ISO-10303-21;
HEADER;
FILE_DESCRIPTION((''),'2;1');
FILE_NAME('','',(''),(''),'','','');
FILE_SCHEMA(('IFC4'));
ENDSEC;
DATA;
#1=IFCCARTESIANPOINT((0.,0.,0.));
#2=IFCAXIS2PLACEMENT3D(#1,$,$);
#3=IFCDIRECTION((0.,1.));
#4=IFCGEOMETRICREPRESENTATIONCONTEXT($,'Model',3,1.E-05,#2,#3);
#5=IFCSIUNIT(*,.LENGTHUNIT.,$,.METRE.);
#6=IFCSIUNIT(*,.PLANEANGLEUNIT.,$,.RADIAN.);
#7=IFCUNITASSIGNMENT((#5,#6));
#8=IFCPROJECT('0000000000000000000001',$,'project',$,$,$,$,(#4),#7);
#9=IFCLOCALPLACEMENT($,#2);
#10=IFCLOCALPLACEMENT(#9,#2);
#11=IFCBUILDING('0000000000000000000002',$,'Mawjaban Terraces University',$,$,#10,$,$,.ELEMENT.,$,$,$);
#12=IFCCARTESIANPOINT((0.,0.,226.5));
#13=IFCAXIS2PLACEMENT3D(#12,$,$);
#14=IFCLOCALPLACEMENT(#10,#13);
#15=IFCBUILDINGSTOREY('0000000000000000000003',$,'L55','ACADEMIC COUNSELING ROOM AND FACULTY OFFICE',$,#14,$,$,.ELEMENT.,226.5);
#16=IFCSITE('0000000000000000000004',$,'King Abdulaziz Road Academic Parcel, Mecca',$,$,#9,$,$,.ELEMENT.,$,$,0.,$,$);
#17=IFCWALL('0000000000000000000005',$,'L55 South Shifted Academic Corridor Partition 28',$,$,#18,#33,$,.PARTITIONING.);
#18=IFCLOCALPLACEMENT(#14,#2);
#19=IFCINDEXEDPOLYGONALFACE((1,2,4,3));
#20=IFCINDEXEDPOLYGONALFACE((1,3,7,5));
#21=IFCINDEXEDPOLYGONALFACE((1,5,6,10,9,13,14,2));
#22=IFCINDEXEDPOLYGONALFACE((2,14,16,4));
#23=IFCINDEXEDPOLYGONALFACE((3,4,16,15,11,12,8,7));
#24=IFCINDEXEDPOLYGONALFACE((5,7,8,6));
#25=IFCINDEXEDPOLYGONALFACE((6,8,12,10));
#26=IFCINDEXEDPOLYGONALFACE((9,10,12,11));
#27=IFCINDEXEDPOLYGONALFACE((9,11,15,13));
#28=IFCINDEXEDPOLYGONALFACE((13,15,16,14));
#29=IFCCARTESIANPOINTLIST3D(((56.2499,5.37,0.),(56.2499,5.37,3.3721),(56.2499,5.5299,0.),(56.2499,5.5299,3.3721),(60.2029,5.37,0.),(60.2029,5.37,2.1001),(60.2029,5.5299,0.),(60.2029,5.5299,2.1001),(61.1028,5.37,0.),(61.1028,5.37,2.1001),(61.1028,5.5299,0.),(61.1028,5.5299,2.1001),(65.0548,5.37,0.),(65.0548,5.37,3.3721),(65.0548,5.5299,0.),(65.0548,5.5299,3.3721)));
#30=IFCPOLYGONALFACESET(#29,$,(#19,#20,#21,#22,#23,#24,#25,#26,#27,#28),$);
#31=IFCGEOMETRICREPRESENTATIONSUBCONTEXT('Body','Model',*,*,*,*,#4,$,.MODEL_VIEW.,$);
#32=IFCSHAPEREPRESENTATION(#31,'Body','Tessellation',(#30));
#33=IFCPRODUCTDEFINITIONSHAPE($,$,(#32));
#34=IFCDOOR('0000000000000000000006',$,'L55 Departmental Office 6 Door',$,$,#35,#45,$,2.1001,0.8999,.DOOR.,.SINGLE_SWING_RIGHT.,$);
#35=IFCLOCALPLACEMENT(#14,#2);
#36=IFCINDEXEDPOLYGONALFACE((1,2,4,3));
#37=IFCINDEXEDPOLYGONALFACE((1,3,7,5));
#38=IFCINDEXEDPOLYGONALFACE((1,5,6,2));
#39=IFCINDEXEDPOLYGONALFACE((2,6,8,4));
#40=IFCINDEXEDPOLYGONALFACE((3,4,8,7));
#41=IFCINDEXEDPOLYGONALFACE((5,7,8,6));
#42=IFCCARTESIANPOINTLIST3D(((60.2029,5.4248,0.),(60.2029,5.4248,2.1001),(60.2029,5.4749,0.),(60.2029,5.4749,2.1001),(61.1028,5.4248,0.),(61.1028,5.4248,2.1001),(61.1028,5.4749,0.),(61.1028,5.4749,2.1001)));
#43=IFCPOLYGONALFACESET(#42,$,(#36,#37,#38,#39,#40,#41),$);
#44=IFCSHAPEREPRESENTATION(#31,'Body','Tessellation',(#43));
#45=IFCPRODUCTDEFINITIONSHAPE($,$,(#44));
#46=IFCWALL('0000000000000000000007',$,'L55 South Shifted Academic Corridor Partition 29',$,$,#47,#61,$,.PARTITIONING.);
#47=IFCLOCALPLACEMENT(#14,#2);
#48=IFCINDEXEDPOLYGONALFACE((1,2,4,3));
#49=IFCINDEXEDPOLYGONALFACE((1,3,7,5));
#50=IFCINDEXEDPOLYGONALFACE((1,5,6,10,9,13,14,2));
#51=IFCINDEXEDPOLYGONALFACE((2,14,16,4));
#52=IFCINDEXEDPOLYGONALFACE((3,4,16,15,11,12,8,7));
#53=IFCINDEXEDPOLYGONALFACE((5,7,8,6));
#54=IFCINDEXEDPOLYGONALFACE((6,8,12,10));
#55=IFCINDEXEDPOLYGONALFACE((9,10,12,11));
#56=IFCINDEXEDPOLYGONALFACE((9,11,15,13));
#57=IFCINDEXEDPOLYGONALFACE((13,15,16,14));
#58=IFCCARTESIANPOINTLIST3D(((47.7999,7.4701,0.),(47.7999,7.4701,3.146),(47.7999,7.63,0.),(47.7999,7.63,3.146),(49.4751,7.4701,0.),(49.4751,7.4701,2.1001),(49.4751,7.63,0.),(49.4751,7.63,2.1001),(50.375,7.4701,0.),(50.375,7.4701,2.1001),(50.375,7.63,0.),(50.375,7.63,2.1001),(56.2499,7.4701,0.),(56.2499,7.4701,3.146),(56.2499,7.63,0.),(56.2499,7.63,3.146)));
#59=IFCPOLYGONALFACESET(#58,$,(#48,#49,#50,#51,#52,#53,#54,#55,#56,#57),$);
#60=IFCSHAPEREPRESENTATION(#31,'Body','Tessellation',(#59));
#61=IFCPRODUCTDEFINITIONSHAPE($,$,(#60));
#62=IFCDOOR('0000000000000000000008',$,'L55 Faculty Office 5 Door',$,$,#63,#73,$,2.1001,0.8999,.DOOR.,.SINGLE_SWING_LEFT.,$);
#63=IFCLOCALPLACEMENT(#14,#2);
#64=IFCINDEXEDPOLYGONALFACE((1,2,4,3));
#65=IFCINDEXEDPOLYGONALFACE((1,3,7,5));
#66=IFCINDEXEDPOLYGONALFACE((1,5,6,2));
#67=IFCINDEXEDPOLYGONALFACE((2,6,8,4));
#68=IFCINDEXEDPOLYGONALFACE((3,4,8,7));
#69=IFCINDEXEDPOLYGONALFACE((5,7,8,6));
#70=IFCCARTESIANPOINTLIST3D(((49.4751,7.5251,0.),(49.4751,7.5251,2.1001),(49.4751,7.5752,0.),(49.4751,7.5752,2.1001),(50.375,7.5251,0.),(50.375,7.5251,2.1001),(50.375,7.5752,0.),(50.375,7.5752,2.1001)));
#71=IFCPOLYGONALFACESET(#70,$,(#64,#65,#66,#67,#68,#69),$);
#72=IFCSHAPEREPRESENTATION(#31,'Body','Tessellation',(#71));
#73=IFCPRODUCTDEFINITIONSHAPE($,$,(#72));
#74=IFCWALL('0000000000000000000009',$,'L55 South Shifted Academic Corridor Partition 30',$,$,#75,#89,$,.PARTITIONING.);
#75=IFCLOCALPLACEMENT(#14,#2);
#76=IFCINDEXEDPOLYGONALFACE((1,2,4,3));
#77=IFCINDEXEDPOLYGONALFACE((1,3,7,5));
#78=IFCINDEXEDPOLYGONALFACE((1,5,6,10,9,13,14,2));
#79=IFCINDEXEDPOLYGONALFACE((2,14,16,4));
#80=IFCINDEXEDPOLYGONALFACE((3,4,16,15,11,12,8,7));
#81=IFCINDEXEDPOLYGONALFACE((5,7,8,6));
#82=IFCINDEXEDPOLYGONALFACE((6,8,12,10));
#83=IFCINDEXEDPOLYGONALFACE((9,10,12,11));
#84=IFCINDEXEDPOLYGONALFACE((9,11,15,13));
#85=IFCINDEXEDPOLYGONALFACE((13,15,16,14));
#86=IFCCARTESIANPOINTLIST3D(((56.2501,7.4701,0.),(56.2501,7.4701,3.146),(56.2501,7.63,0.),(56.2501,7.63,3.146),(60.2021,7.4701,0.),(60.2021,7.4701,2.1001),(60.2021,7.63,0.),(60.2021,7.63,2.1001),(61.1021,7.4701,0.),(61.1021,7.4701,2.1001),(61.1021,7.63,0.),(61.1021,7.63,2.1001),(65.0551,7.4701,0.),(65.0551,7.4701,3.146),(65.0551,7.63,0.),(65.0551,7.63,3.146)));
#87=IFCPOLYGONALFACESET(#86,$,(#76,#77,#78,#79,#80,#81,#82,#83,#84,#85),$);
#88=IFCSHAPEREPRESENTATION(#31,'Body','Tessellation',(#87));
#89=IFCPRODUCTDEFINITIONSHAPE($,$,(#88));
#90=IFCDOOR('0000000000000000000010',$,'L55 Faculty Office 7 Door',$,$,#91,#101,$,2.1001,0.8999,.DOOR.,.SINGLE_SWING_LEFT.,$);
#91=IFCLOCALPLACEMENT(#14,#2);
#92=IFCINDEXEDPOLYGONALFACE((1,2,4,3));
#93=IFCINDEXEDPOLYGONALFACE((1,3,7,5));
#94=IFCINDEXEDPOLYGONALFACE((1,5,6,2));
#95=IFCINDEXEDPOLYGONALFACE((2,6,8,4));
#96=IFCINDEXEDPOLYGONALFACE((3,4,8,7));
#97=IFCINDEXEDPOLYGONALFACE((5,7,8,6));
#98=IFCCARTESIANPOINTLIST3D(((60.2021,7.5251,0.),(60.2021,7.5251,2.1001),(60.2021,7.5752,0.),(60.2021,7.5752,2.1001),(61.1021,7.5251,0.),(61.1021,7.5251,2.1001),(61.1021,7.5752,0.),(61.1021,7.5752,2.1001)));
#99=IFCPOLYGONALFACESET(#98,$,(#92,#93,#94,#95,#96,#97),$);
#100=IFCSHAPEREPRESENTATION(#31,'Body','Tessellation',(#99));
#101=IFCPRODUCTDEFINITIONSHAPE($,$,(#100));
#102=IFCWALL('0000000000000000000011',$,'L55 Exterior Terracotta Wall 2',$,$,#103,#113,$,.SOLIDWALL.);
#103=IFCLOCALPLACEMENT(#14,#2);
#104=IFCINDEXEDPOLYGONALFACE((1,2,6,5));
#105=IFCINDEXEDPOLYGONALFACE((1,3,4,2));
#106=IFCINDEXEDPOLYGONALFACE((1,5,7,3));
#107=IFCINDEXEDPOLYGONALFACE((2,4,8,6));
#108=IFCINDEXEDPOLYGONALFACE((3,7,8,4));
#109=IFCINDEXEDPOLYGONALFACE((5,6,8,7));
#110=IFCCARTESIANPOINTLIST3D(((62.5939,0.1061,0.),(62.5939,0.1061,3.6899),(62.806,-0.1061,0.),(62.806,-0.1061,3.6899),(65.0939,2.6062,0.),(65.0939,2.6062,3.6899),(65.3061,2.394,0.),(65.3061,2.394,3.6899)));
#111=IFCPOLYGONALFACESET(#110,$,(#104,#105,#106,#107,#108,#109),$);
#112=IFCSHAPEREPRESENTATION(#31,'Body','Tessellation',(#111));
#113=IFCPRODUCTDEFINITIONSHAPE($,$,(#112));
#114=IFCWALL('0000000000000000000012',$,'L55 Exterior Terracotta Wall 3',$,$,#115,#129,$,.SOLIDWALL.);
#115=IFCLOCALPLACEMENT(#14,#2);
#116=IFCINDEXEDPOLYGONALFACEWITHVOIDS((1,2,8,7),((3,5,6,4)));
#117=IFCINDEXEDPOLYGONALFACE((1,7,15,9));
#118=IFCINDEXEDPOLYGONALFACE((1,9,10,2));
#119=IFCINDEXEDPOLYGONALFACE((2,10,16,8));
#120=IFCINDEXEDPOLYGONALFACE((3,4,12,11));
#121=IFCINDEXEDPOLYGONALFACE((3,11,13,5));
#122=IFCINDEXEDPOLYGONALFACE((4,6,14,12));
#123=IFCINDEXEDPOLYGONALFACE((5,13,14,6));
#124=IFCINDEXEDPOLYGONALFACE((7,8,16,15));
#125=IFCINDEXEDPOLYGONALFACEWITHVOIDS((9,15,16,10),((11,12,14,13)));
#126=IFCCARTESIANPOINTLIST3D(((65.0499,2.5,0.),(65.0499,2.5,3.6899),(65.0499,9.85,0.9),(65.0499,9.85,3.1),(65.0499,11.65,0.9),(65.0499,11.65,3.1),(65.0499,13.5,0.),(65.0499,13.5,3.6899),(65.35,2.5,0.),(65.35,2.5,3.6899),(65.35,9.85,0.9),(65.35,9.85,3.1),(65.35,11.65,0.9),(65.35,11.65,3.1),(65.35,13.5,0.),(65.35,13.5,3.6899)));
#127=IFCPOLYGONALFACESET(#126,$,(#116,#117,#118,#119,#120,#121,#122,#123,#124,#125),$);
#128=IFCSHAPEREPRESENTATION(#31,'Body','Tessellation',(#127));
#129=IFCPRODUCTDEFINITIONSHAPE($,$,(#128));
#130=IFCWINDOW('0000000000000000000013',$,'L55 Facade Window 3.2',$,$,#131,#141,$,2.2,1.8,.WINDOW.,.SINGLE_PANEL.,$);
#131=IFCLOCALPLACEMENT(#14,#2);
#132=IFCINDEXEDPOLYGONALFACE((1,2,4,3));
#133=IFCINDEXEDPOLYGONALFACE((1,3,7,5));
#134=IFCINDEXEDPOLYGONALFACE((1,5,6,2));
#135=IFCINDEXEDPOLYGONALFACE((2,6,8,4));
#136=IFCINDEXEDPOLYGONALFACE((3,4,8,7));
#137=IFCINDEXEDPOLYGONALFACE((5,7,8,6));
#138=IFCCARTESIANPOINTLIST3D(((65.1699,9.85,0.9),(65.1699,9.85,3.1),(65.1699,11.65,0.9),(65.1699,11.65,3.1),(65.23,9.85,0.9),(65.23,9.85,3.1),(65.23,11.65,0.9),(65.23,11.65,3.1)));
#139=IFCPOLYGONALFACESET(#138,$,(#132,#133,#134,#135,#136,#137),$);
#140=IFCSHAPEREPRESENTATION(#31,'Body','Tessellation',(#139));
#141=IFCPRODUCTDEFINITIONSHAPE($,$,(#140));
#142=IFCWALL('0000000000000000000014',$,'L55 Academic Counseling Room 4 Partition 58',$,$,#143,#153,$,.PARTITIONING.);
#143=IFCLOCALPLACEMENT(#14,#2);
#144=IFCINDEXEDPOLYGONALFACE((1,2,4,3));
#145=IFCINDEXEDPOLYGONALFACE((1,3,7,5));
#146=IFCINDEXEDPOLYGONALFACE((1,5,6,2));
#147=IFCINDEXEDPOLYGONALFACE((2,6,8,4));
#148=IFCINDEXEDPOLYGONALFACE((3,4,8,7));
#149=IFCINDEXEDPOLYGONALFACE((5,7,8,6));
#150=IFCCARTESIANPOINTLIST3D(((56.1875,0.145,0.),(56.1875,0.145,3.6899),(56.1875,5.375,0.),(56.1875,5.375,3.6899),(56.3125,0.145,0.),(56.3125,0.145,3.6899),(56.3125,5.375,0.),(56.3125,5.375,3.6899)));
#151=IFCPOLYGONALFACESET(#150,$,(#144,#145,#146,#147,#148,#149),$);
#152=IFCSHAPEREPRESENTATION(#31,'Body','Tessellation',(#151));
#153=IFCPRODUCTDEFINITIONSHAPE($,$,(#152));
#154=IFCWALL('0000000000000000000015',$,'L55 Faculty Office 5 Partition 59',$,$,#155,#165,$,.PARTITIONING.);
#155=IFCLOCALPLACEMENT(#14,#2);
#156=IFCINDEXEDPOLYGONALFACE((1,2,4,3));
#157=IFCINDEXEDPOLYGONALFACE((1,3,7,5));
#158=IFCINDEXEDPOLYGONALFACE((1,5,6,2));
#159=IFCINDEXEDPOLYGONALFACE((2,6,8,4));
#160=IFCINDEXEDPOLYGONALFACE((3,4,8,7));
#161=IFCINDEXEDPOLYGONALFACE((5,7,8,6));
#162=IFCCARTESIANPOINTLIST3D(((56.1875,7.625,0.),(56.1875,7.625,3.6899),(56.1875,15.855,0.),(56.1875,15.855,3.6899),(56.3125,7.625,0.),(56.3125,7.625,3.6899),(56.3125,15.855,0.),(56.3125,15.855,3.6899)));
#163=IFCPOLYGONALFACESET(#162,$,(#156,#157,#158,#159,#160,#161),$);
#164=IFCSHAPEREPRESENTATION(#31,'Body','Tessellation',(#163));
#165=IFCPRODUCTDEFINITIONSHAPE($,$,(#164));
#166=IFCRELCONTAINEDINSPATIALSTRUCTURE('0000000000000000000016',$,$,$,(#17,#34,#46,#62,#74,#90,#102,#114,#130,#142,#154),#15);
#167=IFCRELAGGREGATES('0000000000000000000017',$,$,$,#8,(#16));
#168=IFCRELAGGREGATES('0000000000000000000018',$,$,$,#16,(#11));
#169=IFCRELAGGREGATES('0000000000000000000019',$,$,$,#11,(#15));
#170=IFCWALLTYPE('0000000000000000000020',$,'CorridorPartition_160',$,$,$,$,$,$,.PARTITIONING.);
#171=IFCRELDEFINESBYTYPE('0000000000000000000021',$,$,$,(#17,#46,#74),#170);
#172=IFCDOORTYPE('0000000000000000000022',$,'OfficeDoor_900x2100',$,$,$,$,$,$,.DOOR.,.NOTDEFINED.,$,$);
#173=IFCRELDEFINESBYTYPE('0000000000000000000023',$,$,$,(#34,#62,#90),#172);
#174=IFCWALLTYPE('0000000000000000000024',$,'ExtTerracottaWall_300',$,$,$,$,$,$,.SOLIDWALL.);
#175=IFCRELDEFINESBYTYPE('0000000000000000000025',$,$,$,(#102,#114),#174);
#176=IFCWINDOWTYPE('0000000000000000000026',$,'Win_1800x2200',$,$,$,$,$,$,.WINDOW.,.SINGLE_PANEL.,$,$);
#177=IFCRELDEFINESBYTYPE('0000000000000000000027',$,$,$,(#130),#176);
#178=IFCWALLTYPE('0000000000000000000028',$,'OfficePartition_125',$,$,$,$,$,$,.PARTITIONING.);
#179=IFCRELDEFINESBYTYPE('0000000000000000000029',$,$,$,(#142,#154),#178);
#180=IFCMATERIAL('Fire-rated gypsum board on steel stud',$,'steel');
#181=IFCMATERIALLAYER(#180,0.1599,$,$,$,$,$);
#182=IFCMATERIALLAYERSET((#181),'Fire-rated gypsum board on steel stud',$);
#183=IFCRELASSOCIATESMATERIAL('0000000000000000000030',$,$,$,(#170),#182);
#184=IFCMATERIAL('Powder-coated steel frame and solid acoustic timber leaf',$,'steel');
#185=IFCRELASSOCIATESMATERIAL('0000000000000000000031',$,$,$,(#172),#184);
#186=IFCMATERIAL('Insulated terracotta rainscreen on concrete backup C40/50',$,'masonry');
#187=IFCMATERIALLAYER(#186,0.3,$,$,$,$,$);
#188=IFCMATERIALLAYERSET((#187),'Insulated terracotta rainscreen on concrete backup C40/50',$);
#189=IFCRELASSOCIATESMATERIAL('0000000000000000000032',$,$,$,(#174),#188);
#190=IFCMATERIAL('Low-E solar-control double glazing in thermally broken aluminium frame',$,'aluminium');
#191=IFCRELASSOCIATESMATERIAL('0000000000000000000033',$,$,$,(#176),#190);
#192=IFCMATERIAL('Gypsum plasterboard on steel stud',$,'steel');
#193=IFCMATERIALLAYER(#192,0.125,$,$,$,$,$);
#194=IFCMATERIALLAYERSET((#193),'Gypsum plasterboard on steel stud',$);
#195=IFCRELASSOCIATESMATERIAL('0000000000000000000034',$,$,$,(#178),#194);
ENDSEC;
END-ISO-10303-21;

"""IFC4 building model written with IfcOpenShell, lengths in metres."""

from ifc_helpers import new_model, si_unit, direction, frame, frame_2d, origin, place, context, subcontext, project, spatial, rectangle, extrude, material, layer, layer_set, type_object, element, fill, save


model = new_model("IFC4")

# Units and contexts
model_context = context("Model", 3, precision=1e-05, world=origin(), true_north=direction((0.0, 1.0)))
body_context = subcontext(model_context, "Body", "Model", "MODEL_VIEW")
ifc_project = project(units=[si_unit("LENGTHUNIT", "METRE"), si_unit("PLANEANGLEUNIT", "RADIAN")], contexts=[model_context])

# Site, building, storey
site_placement = place(None, origin())
site = spatial("IfcSite", under=ifc_project, at=site_placement, Name="King Abdulaziz Road Academic Parcel, Mecca", CompositionType="ELEMENT", RefElevation=0.0)
building_placement = place(site_placement, origin())
building = spatial("IfcBuilding", under=site, at=building_placement, Name="Mawjaban Terraces University", CompositionType="ELEMENT")
storey_placement = place(building_placement, frame((0.0, 0.0, 226.5)))
storey = spatial("IfcBuildingStorey", under=building, at=storey_placement, Name="L55", Description="ACADEMIC COUNSELING ROOM AND FACULTY OFFICE", CompositionType="ELEMENT", Elevation=226.5)

# Walls, openings, doors
ifc_material_1 = material(Name="Fire-rated gypsum board on steel stud", Category="steel")
ifc_layer_1 = layer(ifc_material_1, 0.1599)
ifc_layer_set_1 = layer_set([ifc_layer_1], Name="Fire-rated gypsum board on steel stud")
wall_type_1 = type_object("IfcWallType", Name="CorridorPartition_160", PredefinedType="PARTITIONING", material=ifc_layer_set_1)
wall_1_placement = place(storey_placement, frame((56.25, 5.45, 0.0), z_axis=(0.0, 0.0, 1.0), x_axis=(1.0, 0.0, 0.0)))
wall_1 = element("IfcWall", 1, at=wall_1_placement, inside=storey, type_object=wall_type_1, Name="L55 South Shifted Academic Corridor Partition 28", PredefinedType="PARTITIONING", context=body_context, shape_type="SweptSolid", body=[
    extrude(rectangle(XDim=8.8049, YDim=0.1599, at=frame_2d((4.4023, 0.0))), origin(), (0.0, 0.0, 1.0), 3.3721),
])
opening_1_placement = place(wall_1_placement, frame((3.9529, 0.0, 0.0)))
opening_1 = element("IfcOpeningElement", 2, at=opening_1_placement, cuts=wall_1, PredefinedType="OPENING", context=body_context, shape_type="SweptSolid", body=[
    extrude(rectangle(XDim=0.8999, YDim=2.1001, at=frame_2d((0.45, 1.05))), frame((0.0, 0.0898, 0.0), z_axis=(0.0, -1.0, 0.0), x_axis=(1.0, 0.0, 0.0)), (0.0, 0.0, 1.0), 0.1799),
])
ifc_material_2 = material(Name="Powder-coated steel frame and solid acoustic timber leaf", Category="steel")
door_type = type_object("IfcDoorType", Name="OfficeDoor_900x2100", OperationType="NOTDEFINED", PredefinedType="DOOR", material=ifc_material_2)
door_1_placement = place(opening_1_placement, origin())
door_1 = element("IfcDoor", 3, at=door_1_placement, inside=storey, type_object=door_type, Name="L55 Departmental Office 6 Door", OperationType="SINGLE_SWING_RIGHT", OverallHeight=2.1001, OverallWidth=0.8999, PredefinedType="DOOR", context=body_context, shape_type="SweptSolid", body=[
    extrude(rectangle(XDim=0.8999, YDim=2.1001, at=frame_2d((0.45, 1.05))), frame((0.0, 0.0249, 0.0), z_axis=(0.0, -1.0, 0.0), x_axis=(1.0, 0.0, 0.0)), (0.0, 0.0, 1.0), 0.05),
])
fill(opening_1, door_1)
wall_2_placement = place(storey_placement, frame((56.25, 7.55, 0.0), z_axis=(0.0, 0.0, 1.0), x_axis=(-1.0, 0.0, 0.0)))
wall_2 = element("IfcWall", 4, at=wall_2_placement, inside=storey, type_object=wall_type_1, Name="L55 South Shifted Academic Corridor Partition 29", PredefinedType="PARTITIONING", context=body_context, shape_type="SweptSolid", body=[
    extrude(rectangle(XDim=8.45, YDim=0.1599, at=frame_2d((4.2251, 0.0))), origin(), (0.0, 0.0, 1.0), 3.146),
])
opening_2_placement = place(wall_2_placement, frame((5.875, 0.0, 0.0)))
opening_2 = element("IfcOpeningElement", 5, at=opening_2_placement, cuts=wall_2, PredefinedType="OPENING", context=body_context, shape_type="SweptSolid", body=[
    extrude(rectangle(XDim=0.8999, YDim=2.1001, at=frame_2d((0.45, 1.05))), frame((0.0, 0.0898, 0.0), z_axis=(0.0, -1.0, 0.0), x_axis=(1.0, 0.0, 0.0)), (0.0, 0.0, 1.0), 0.1799),
])
door_2_placement = place(opening_2_placement, origin())
door_2 = element("IfcDoor", 6, at=door_2_placement, inside=storey, type_object=door_type, Name="L55 Faculty Office 5 Door", OperationType="SINGLE_SWING_LEFT", OverallHeight=2.1001, OverallWidth=0.8999, PredefinedType="DOOR", context=body_context, shape_type="SweptSolid", body=[
    extrude(rectangle(XDim=0.8999, YDim=2.1001, at=frame_2d((0.45, 1.05))), frame((0.0, 0.0249, 0.0), z_axis=(0.0, -1.0, 0.0), x_axis=(1.0, 0.0, 0.0)), (0.0, 0.0, 1.0), 0.05),
])
fill(opening_2, door_2)
wall_3_placement = place(storey_placement, frame((65.0549, 7.55, 0.0), z_axis=(0.0, 0.0, 1.0), x_axis=(-1.0, 0.0, 0.0)))
wall_3 = element("IfcWall", 7, at=wall_3_placement, inside=storey, type_object=wall_type_1, Name="L55 South Shifted Academic Corridor Partition 30", PredefinedType="PARTITIONING", context=body_context, shape_type="SweptSolid", body=[
    extrude(rectangle(XDim=8.8049, YDim=0.1599, at=frame_2d((4.4023, 0.0))), origin(), (0.0, 0.0, 1.0), 3.146),
])
opening_3_placement = place(wall_3_placement, frame((3.9529, 0.0, 0.0)))
opening_3 = element("IfcOpeningElement", 8, at=opening_3_placement, cuts=wall_3, PredefinedType="OPENING", context=body_context, shape_type="SweptSolid", body=[
    extrude(rectangle(XDim=0.8999, YDim=2.1001, at=frame_2d((0.45, 1.05))), frame((0.0, 0.0898, 0.0), z_axis=(0.0, -1.0, 0.0), x_axis=(1.0, 0.0, 0.0)), (0.0, 0.0, 1.0), 0.1799),
])
door_3_placement = place(opening_3_placement, origin())
door_3 = element("IfcDoor", 9, at=door_3_placement, inside=storey, type_object=door_type, Name="L55 Faculty Office 7 Door", OperationType="SINGLE_SWING_LEFT", OverallHeight=2.1001, OverallWidth=0.8999, PredefinedType="DOOR", context=body_context, shape_type="SweptSolid", body=[
    extrude(rectangle(XDim=0.8999, YDim=2.1001, at=frame_2d((0.45, 1.05))), frame((0.0, 0.0249, 0.0), z_axis=(0.0, -1.0, 0.0), x_axis=(1.0, 0.0, 0.0)), (0.0, 0.0, 1.0), 0.05),
])
fill(opening_3, door_3)

# Wall
ifc_material_3 = material(Name="Insulated terracotta rainscreen on concrete backup C40/50", Category="masonry")
ifc_layer_2 = layer(ifc_material_3, 0.3)
ifc_layer_set_2 = layer_set([ifc_layer_2], Name="Insulated terracotta rainscreen on concrete backup C40/50")
wall_type_2 = type_object("IfcWallType", Name="ExtTerracottaWall_300", PredefinedType="SOLIDWALL", material=ifc_layer_set_2)
wall_4_placement = place(storey_placement, frame((62.7, 0.0, 0.0), z_axis=(0.0, 0.0, 1.0), x_axis=(0.707107, 0.707107, 0.0)))
element("IfcWall", 10, at=wall_4_placement, inside=storey, type_object=wall_type_2, Name="L55 Exterior Terracotta Wall 2", PredefinedType="SOLIDWALL", context=body_context, shape_type="SweptSolid", body=[
    extrude(rectangle(XDim=3.5356, YDim=0.3, at=frame_2d((1.7678, 0.0))), origin(), (0.0, 0.0, 1.0), 3.6899),
])

# Wall, opening, window
wall_5_placement = place(storey_placement, frame((65.2, 2.5, 0.0), z_axis=(0.0, 0.0, 1.0), x_axis=(0.0, 1.0, 0.0)))
wall_5 = element("IfcWall", 11, at=wall_5_placement, inside=storey, type_object=wall_type_2, Name="L55 Exterior Terracotta Wall 3", PredefinedType="SOLIDWALL", context=body_context, shape_type="SweptSolid", body=[
    extrude(rectangle(XDim=11.0, YDim=0.3, at=frame_2d((5.5, 0.0))), origin(), (0.0, 0.0, 1.0), 3.6899),
])
opening_4_placement = place(wall_5_placement, frame((7.3501, 0.0, 0.8999)))
opening_4 = element("IfcOpeningElement", 12, at=opening_4_placement, cuts=wall_5, PredefinedType="OPENING", context=body_context, shape_type="SweptSolid", body=[
    extrude(rectangle(XDim=1.8, YDim=2.2, at=frame_2d((0.8999, 1.1001))), frame((0.0, 0.1599, 0.0), z_axis=(0.0, -1.0, 0.0), x_axis=(1.0, 0.0, 0.0)), (0.0, 0.0, 1.0), 0.3201),
])
ifc_material_4 = material(Name="Low-E solar-control double glazing in thermally broken aluminium frame", Category="aluminium")
window_type = type_object("IfcWindowType", Name="Win_1800x2200", PartitioningType="SINGLE_PANEL", PredefinedType="WINDOW", material=ifc_material_4)
window_placement = place(opening_4_placement, origin())
window = element("IfcWindow", 13, at=window_placement, inside=storey, type_object=window_type, Name="L55 Facade Window 3.2", OverallHeight=2.2, OverallWidth=1.8, PartitioningType="SINGLE_PANEL", PredefinedType="WINDOW", context=body_context, shape_type="SweptSolid", body=[
    extrude(rectangle(XDim=1.8, YDim=2.2, at=frame_2d((0.8999, 1.1001))), frame((0.0, 0.03, 0.0), z_axis=(0.0, -1.0, 0.0), x_axis=(1.0, 0.0, 0.0)), (0.0, 0.0, 1.0), 0.0601),
])
fill(opening_4, window)

# Walls
ifc_material_5 = material(Name="Gypsum plasterboard on steel stud", Category="steel")
ifc_layer_3 = layer(ifc_material_5, 0.125)
ifc_layer_set_3 = layer_set([ifc_layer_3], Name="Gypsum plasterboard on steel stud")
wall_type_3 = type_object("IfcWallType", Name="OfficePartition_125", PredefinedType="PARTITIONING", material=ifc_layer_set_3)
wall_6_placement = place(storey_placement, frame((56.25, 0.145, 0.0), z_axis=(0.0, 0.0, 1.0), x_axis=(0.0, 1.0, 0.0)))
element("IfcWall", 14, at=wall_6_placement, inside=storey, type_object=wall_type_3, Name="L55 Academic Counseling Room 4 Partition 58", PredefinedType="PARTITIONING", context=body_context, shape_type="SweptSolid", body=[
    extrude(rectangle(XDim=5.23, YDim=0.125, at=frame_2d((2.615, 0.0))), origin(), (0.0, 0.0, 1.0), 3.6899),
])
wall_7_placement = place(storey_placement, frame((56.25, 7.625, 0.0), z_axis=(0.0, 0.0, 1.0), x_axis=(0.0, 1.0, 0.0)))
element("IfcWall", 15, at=wall_7_placement, inside=storey, type_object=wall_type_3, Name="L55 Faculty Office 5 Partition 59", PredefinedType="PARTITIONING", context=body_context, shape_type="SweptSolid", body=[
    extrude(rectangle(XDim=8.23, YDim=0.125, at=frame_2d((4.115, 0.0))), origin(), (0.0, 0.0, 1.0), 3.6899),
])

save(model, "model.ifc")
